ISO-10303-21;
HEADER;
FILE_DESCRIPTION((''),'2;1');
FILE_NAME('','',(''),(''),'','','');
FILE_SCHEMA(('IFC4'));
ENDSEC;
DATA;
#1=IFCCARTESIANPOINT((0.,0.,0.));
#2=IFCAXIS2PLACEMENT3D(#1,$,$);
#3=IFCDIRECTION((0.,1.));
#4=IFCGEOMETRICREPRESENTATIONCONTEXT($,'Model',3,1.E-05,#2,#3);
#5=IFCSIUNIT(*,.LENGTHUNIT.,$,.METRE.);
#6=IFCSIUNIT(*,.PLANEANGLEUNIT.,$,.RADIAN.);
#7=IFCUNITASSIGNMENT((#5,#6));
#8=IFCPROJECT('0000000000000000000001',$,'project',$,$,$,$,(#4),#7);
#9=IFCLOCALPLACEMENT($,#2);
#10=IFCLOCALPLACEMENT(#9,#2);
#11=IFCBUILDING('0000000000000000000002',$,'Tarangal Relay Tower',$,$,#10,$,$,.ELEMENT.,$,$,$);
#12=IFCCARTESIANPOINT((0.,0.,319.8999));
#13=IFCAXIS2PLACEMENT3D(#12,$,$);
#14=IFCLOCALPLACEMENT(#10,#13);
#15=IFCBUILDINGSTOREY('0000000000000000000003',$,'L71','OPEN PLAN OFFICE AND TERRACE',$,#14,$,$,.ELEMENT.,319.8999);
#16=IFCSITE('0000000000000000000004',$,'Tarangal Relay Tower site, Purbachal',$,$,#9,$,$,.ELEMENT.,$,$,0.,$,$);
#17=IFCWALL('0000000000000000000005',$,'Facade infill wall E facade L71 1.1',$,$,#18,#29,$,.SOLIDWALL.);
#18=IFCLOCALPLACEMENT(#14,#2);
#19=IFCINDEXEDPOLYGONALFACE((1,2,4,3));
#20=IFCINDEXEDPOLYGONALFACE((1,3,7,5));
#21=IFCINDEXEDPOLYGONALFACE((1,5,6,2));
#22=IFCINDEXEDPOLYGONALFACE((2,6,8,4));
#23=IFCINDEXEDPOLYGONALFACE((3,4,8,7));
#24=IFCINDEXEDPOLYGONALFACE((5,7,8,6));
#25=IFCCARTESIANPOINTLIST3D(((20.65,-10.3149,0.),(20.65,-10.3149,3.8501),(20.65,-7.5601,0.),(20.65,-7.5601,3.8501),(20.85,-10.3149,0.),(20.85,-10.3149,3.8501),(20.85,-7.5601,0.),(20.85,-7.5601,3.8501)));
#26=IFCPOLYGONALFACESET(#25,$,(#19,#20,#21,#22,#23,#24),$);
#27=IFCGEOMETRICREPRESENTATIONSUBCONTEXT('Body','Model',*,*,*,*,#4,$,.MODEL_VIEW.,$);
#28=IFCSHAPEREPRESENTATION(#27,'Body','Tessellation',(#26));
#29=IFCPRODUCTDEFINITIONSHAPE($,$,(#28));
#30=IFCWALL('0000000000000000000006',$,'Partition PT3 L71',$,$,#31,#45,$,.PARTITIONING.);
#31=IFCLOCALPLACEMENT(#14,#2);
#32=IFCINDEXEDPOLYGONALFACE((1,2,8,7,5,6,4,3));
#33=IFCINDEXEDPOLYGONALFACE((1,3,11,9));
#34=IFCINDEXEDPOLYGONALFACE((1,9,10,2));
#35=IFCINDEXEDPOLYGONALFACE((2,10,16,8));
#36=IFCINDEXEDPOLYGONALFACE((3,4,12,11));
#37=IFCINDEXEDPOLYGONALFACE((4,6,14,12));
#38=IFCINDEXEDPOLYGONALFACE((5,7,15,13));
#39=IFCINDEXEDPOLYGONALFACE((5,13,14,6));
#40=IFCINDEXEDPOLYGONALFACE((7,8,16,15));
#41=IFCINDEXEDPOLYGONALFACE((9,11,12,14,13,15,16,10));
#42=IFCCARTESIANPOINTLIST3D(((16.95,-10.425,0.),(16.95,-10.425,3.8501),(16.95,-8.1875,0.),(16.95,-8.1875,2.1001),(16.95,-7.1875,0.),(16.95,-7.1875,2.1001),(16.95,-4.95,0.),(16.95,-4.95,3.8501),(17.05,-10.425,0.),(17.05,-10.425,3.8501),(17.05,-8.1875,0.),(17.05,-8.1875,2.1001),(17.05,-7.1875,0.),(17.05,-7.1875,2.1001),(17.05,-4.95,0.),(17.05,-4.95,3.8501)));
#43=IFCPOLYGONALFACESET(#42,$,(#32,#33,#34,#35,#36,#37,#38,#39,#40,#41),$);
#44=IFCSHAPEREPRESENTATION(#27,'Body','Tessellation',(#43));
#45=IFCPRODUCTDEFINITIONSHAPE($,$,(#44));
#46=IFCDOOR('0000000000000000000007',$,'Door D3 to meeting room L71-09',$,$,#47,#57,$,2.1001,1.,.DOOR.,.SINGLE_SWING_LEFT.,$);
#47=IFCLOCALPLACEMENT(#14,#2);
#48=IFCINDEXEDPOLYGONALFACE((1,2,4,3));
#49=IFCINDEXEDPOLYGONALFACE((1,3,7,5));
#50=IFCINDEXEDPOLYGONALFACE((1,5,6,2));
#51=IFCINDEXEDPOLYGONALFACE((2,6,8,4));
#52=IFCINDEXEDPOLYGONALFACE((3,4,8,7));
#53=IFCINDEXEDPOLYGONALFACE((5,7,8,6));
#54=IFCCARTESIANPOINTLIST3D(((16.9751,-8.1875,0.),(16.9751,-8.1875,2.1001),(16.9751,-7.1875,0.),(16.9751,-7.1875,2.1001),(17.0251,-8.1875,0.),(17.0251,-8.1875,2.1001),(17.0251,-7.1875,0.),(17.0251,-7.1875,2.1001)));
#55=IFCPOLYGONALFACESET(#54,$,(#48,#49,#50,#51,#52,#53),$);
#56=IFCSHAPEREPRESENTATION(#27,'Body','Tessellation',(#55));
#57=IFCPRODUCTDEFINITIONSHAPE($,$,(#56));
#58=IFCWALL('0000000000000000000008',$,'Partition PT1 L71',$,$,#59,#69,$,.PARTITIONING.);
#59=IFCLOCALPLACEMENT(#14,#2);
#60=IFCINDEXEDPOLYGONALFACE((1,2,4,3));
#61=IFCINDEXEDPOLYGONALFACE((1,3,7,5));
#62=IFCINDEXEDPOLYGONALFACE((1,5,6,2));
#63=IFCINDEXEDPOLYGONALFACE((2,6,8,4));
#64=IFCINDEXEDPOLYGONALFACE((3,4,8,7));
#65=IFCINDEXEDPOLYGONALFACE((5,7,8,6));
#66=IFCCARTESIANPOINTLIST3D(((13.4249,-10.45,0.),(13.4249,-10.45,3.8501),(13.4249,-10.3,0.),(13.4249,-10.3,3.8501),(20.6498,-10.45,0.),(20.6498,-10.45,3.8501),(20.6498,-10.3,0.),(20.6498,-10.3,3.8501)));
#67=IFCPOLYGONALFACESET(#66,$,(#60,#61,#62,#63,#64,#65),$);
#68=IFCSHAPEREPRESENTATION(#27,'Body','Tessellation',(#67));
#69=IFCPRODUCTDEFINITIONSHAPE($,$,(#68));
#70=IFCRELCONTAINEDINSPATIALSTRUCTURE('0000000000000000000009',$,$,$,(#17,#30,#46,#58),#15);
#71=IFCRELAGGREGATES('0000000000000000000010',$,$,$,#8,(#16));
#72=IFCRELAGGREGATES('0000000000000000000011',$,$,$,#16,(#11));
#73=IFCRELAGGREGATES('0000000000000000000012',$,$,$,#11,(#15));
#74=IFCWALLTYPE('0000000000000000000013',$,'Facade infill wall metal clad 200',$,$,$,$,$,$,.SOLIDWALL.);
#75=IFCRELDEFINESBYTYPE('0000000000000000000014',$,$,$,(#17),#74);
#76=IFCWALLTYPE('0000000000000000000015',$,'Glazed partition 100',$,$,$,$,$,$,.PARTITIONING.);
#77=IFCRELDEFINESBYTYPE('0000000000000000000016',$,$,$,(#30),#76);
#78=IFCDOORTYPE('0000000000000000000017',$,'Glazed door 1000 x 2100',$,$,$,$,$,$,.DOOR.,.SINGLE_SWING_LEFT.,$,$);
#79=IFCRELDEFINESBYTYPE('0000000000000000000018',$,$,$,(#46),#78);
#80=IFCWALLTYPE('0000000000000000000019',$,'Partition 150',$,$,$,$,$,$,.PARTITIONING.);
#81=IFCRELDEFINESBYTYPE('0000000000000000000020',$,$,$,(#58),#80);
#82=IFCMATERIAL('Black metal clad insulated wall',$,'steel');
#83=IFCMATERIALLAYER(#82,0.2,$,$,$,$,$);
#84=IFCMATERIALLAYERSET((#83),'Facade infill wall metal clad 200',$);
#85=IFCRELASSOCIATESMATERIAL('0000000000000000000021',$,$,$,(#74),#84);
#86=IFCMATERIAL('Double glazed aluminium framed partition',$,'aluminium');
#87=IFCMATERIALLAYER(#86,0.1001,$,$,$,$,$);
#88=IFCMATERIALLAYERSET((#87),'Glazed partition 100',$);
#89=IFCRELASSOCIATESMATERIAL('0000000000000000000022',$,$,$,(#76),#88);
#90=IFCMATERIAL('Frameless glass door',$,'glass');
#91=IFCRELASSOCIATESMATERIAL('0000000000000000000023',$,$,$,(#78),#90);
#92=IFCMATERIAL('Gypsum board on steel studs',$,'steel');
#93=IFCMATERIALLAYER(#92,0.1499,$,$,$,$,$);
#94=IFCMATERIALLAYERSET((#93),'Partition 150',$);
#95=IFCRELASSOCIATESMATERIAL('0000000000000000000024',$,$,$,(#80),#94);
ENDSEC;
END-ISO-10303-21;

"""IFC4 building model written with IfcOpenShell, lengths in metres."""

from ifc_helpers import new_model, si_unit, direction, frame, frame_2d, origin, place, context, subcontext, project, spatial, rectangle, extrude, material, layer, layer_set, type_object, element, fill, save


model = new_model("IFC4")

# Units and contexts
model_context = context("Model", 3, precision=1e-05, world=origin(), true_north=direction((0.0, 1.0)))
body_context = subcontext(model_context, "Body", "Model", "MODEL_VIEW")
ifc_project = project(units=[si_unit("LENGTHUNIT", "METRE"), si_unit("PLANEANGLEUNIT", "RADIAN")], contexts=[model_context])

# Site, building, storey
site_placement = place(None, origin())
site = spatial("IfcSite", under=ifc_project, at=site_placement, Name="Tarangal Relay Tower site, Purbachal", CompositionType="ELEMENT", RefElevation=0.0)
building_placement = place(site_placement, origin())
building = spatial("IfcBuilding", under=site, at=building_placement, Name="Tarangal Relay Tower", CompositionType="ELEMENT")
storey_placement = place(building_placement, frame((0.0, 0.0, 319.8999)))
storey = spatial("IfcBuildingStorey", under=building, at=storey_placement, Name="L71", Description="OPEN PLAN OFFICE AND TERRACE", CompositionType="ELEMENT", Elevation=319.8999)

# Wall
ifc_material_1 = material(Name="Black metal clad insulated wall", Category="steel")
ifc_layer_1 = layer(ifc_material_1, 0.2)
ifc_layer_set_1 = layer_set([ifc_layer_1], Name="Facade infill wall metal clad 200")
wall_type_1 = type_object("IfcWallType", Name="Facade infill wall metal clad 200", PredefinedType="SOLIDWALL", material=ifc_layer_set_1)
wall_1_placement = place(storey_placement, frame((20.75, -7.5601, 0.0), z_axis=(0.0, 0.0, 1.0), x_axis=(0.0, -1.0, 0.0)))
element("IfcWall", 1, at=wall_1_placement, inside=storey, type_object=wall_type_1, Name="Facade infill wall E facade L71 1.1", PredefinedType="SOLIDWALL", context=body_context, shape_type="SweptSolid", body=[
    extrude(rectangle(XDim=2.7549, YDim=0.2, at=frame_2d((1.3774, 0.0))), origin(), (0.0, 0.0, 1.0), 3.8501),
])

# Wall, opening, door
ifc_material_2 = material(Name="Double glazed aluminium framed partition", Category="aluminium")
ifc_layer_2 = layer(ifc_material_2, 0.1001)
ifc_layer_set_2 = layer_set([ifc_layer_2], Name="Glazed partition 100")
wall_type_2 = type_object("IfcWallType", Name="Glazed partition 100", PredefinedType="PARTITIONING", material=ifc_layer_set_2)
wall_2_placement = place(storey_placement, frame((17.0, -10.425, 0.0), z_axis=(0.0, 0.0, 1.0), x_axis=(0.0, 1.0, 0.0)))
wall_2 = element("IfcWall", 2, at=wall_2_placement, inside=storey, type_object=wall_type_2, Name="Partition PT3 L71", PredefinedType="PARTITIONING", context=body_context, shape_type="SweptSolid", body=[
    extrude(rectangle(XDim=5.4751, YDim=0.1001, at=frame_2d((2.7375, 0.0))), origin(), (0.0, 0.0, 1.0), 3.8501),
])
opening_1_placement = place(wall_2_placement, frame((2.2375, 0.0, 0.0)))
opening_1 = element("IfcOpeningElement", 3, at=opening_1_placement, cuts=wall_2, PredefinedType="OPENING", context=body_context, shape_type="SweptSolid", body=[
    extrude(rectangle(XDim=1.0, YDim=2.1001, at=frame_2d((0.5, 1.05))), frame((0.0, 0.0601, 0.0), z_axis=(0.0, -1.0, 0.0), x_axis=(1.0, 0.0, 0.0)), (0.0, 0.0, 1.0), 0.1201),
])
ifc_material_3 = material(Name="Frameless glass door", Category="glass")
door_type_1 = type_object("IfcDoorType", Name="Glazed door 1000 x 2100", OperationType="SINGLE_SWING_LEFT", PredefinedType="DOOR", material=ifc_material_3)
door_1_placement = place(opening_1_placement, origin())
door_1 = element("IfcDoor", 4, at=door_1_placement, inside=storey, type_object=door_type_1, Name="Door D3 to meeting room L71-09", OperationType="SINGLE_SWING_LEFT", OverallHeight=2.1001, OverallWidth=1.0, PredefinedType="DOOR", context=body_context, shape_type="SweptSolid", body=[
    extrude(rectangle(XDim=1.0, YDim=2.1001, at=frame_2d((0.5, 1.05))), frame((0.0, 0.0249, 0.0), z_axis=(0.0, -1.0, 0.0), x_axis=(1.0, 0.0, 0.0)), (0.0, 0.0, 1.0), 0.05),
])
fill(opening_1, door_1)

# Wall
ifc_material_4 = material(Name="Gypsum board on steel studs", Category="steel")
ifc_layer_3 = layer(ifc_material_4, 0.1499)
ifc_layer_set_3 = layer_set([ifc_layer_3], Name="Partition 150")
wall_type_3 = type_object("IfcWallType", Name="Partition 150", PredefinedType="PARTITIONING", material=ifc_layer_set_3)
wall_3_placement = place(storey_placement, frame((13.425, -10.375, 0.0), z_axis=(0.0, 0.0, 1.0), x_axis=(1.0, 0.0, 0.0)))
element("IfcWall", 5, at=wall_3_placement, inside=storey, type_object=wall_type_3, Name="Partition PT1 L71", PredefinedType="PARTITIONING", context=body_context, shape_type="SweptSolid", body=[
    extrude(rectangle(XDim=7.2249, YDim=0.1499, at=frame_2d((3.6123, 0.0))), origin(), (0.0, 0.0, 1.0), 3.8501),
])

save(model, "model.ifc")
